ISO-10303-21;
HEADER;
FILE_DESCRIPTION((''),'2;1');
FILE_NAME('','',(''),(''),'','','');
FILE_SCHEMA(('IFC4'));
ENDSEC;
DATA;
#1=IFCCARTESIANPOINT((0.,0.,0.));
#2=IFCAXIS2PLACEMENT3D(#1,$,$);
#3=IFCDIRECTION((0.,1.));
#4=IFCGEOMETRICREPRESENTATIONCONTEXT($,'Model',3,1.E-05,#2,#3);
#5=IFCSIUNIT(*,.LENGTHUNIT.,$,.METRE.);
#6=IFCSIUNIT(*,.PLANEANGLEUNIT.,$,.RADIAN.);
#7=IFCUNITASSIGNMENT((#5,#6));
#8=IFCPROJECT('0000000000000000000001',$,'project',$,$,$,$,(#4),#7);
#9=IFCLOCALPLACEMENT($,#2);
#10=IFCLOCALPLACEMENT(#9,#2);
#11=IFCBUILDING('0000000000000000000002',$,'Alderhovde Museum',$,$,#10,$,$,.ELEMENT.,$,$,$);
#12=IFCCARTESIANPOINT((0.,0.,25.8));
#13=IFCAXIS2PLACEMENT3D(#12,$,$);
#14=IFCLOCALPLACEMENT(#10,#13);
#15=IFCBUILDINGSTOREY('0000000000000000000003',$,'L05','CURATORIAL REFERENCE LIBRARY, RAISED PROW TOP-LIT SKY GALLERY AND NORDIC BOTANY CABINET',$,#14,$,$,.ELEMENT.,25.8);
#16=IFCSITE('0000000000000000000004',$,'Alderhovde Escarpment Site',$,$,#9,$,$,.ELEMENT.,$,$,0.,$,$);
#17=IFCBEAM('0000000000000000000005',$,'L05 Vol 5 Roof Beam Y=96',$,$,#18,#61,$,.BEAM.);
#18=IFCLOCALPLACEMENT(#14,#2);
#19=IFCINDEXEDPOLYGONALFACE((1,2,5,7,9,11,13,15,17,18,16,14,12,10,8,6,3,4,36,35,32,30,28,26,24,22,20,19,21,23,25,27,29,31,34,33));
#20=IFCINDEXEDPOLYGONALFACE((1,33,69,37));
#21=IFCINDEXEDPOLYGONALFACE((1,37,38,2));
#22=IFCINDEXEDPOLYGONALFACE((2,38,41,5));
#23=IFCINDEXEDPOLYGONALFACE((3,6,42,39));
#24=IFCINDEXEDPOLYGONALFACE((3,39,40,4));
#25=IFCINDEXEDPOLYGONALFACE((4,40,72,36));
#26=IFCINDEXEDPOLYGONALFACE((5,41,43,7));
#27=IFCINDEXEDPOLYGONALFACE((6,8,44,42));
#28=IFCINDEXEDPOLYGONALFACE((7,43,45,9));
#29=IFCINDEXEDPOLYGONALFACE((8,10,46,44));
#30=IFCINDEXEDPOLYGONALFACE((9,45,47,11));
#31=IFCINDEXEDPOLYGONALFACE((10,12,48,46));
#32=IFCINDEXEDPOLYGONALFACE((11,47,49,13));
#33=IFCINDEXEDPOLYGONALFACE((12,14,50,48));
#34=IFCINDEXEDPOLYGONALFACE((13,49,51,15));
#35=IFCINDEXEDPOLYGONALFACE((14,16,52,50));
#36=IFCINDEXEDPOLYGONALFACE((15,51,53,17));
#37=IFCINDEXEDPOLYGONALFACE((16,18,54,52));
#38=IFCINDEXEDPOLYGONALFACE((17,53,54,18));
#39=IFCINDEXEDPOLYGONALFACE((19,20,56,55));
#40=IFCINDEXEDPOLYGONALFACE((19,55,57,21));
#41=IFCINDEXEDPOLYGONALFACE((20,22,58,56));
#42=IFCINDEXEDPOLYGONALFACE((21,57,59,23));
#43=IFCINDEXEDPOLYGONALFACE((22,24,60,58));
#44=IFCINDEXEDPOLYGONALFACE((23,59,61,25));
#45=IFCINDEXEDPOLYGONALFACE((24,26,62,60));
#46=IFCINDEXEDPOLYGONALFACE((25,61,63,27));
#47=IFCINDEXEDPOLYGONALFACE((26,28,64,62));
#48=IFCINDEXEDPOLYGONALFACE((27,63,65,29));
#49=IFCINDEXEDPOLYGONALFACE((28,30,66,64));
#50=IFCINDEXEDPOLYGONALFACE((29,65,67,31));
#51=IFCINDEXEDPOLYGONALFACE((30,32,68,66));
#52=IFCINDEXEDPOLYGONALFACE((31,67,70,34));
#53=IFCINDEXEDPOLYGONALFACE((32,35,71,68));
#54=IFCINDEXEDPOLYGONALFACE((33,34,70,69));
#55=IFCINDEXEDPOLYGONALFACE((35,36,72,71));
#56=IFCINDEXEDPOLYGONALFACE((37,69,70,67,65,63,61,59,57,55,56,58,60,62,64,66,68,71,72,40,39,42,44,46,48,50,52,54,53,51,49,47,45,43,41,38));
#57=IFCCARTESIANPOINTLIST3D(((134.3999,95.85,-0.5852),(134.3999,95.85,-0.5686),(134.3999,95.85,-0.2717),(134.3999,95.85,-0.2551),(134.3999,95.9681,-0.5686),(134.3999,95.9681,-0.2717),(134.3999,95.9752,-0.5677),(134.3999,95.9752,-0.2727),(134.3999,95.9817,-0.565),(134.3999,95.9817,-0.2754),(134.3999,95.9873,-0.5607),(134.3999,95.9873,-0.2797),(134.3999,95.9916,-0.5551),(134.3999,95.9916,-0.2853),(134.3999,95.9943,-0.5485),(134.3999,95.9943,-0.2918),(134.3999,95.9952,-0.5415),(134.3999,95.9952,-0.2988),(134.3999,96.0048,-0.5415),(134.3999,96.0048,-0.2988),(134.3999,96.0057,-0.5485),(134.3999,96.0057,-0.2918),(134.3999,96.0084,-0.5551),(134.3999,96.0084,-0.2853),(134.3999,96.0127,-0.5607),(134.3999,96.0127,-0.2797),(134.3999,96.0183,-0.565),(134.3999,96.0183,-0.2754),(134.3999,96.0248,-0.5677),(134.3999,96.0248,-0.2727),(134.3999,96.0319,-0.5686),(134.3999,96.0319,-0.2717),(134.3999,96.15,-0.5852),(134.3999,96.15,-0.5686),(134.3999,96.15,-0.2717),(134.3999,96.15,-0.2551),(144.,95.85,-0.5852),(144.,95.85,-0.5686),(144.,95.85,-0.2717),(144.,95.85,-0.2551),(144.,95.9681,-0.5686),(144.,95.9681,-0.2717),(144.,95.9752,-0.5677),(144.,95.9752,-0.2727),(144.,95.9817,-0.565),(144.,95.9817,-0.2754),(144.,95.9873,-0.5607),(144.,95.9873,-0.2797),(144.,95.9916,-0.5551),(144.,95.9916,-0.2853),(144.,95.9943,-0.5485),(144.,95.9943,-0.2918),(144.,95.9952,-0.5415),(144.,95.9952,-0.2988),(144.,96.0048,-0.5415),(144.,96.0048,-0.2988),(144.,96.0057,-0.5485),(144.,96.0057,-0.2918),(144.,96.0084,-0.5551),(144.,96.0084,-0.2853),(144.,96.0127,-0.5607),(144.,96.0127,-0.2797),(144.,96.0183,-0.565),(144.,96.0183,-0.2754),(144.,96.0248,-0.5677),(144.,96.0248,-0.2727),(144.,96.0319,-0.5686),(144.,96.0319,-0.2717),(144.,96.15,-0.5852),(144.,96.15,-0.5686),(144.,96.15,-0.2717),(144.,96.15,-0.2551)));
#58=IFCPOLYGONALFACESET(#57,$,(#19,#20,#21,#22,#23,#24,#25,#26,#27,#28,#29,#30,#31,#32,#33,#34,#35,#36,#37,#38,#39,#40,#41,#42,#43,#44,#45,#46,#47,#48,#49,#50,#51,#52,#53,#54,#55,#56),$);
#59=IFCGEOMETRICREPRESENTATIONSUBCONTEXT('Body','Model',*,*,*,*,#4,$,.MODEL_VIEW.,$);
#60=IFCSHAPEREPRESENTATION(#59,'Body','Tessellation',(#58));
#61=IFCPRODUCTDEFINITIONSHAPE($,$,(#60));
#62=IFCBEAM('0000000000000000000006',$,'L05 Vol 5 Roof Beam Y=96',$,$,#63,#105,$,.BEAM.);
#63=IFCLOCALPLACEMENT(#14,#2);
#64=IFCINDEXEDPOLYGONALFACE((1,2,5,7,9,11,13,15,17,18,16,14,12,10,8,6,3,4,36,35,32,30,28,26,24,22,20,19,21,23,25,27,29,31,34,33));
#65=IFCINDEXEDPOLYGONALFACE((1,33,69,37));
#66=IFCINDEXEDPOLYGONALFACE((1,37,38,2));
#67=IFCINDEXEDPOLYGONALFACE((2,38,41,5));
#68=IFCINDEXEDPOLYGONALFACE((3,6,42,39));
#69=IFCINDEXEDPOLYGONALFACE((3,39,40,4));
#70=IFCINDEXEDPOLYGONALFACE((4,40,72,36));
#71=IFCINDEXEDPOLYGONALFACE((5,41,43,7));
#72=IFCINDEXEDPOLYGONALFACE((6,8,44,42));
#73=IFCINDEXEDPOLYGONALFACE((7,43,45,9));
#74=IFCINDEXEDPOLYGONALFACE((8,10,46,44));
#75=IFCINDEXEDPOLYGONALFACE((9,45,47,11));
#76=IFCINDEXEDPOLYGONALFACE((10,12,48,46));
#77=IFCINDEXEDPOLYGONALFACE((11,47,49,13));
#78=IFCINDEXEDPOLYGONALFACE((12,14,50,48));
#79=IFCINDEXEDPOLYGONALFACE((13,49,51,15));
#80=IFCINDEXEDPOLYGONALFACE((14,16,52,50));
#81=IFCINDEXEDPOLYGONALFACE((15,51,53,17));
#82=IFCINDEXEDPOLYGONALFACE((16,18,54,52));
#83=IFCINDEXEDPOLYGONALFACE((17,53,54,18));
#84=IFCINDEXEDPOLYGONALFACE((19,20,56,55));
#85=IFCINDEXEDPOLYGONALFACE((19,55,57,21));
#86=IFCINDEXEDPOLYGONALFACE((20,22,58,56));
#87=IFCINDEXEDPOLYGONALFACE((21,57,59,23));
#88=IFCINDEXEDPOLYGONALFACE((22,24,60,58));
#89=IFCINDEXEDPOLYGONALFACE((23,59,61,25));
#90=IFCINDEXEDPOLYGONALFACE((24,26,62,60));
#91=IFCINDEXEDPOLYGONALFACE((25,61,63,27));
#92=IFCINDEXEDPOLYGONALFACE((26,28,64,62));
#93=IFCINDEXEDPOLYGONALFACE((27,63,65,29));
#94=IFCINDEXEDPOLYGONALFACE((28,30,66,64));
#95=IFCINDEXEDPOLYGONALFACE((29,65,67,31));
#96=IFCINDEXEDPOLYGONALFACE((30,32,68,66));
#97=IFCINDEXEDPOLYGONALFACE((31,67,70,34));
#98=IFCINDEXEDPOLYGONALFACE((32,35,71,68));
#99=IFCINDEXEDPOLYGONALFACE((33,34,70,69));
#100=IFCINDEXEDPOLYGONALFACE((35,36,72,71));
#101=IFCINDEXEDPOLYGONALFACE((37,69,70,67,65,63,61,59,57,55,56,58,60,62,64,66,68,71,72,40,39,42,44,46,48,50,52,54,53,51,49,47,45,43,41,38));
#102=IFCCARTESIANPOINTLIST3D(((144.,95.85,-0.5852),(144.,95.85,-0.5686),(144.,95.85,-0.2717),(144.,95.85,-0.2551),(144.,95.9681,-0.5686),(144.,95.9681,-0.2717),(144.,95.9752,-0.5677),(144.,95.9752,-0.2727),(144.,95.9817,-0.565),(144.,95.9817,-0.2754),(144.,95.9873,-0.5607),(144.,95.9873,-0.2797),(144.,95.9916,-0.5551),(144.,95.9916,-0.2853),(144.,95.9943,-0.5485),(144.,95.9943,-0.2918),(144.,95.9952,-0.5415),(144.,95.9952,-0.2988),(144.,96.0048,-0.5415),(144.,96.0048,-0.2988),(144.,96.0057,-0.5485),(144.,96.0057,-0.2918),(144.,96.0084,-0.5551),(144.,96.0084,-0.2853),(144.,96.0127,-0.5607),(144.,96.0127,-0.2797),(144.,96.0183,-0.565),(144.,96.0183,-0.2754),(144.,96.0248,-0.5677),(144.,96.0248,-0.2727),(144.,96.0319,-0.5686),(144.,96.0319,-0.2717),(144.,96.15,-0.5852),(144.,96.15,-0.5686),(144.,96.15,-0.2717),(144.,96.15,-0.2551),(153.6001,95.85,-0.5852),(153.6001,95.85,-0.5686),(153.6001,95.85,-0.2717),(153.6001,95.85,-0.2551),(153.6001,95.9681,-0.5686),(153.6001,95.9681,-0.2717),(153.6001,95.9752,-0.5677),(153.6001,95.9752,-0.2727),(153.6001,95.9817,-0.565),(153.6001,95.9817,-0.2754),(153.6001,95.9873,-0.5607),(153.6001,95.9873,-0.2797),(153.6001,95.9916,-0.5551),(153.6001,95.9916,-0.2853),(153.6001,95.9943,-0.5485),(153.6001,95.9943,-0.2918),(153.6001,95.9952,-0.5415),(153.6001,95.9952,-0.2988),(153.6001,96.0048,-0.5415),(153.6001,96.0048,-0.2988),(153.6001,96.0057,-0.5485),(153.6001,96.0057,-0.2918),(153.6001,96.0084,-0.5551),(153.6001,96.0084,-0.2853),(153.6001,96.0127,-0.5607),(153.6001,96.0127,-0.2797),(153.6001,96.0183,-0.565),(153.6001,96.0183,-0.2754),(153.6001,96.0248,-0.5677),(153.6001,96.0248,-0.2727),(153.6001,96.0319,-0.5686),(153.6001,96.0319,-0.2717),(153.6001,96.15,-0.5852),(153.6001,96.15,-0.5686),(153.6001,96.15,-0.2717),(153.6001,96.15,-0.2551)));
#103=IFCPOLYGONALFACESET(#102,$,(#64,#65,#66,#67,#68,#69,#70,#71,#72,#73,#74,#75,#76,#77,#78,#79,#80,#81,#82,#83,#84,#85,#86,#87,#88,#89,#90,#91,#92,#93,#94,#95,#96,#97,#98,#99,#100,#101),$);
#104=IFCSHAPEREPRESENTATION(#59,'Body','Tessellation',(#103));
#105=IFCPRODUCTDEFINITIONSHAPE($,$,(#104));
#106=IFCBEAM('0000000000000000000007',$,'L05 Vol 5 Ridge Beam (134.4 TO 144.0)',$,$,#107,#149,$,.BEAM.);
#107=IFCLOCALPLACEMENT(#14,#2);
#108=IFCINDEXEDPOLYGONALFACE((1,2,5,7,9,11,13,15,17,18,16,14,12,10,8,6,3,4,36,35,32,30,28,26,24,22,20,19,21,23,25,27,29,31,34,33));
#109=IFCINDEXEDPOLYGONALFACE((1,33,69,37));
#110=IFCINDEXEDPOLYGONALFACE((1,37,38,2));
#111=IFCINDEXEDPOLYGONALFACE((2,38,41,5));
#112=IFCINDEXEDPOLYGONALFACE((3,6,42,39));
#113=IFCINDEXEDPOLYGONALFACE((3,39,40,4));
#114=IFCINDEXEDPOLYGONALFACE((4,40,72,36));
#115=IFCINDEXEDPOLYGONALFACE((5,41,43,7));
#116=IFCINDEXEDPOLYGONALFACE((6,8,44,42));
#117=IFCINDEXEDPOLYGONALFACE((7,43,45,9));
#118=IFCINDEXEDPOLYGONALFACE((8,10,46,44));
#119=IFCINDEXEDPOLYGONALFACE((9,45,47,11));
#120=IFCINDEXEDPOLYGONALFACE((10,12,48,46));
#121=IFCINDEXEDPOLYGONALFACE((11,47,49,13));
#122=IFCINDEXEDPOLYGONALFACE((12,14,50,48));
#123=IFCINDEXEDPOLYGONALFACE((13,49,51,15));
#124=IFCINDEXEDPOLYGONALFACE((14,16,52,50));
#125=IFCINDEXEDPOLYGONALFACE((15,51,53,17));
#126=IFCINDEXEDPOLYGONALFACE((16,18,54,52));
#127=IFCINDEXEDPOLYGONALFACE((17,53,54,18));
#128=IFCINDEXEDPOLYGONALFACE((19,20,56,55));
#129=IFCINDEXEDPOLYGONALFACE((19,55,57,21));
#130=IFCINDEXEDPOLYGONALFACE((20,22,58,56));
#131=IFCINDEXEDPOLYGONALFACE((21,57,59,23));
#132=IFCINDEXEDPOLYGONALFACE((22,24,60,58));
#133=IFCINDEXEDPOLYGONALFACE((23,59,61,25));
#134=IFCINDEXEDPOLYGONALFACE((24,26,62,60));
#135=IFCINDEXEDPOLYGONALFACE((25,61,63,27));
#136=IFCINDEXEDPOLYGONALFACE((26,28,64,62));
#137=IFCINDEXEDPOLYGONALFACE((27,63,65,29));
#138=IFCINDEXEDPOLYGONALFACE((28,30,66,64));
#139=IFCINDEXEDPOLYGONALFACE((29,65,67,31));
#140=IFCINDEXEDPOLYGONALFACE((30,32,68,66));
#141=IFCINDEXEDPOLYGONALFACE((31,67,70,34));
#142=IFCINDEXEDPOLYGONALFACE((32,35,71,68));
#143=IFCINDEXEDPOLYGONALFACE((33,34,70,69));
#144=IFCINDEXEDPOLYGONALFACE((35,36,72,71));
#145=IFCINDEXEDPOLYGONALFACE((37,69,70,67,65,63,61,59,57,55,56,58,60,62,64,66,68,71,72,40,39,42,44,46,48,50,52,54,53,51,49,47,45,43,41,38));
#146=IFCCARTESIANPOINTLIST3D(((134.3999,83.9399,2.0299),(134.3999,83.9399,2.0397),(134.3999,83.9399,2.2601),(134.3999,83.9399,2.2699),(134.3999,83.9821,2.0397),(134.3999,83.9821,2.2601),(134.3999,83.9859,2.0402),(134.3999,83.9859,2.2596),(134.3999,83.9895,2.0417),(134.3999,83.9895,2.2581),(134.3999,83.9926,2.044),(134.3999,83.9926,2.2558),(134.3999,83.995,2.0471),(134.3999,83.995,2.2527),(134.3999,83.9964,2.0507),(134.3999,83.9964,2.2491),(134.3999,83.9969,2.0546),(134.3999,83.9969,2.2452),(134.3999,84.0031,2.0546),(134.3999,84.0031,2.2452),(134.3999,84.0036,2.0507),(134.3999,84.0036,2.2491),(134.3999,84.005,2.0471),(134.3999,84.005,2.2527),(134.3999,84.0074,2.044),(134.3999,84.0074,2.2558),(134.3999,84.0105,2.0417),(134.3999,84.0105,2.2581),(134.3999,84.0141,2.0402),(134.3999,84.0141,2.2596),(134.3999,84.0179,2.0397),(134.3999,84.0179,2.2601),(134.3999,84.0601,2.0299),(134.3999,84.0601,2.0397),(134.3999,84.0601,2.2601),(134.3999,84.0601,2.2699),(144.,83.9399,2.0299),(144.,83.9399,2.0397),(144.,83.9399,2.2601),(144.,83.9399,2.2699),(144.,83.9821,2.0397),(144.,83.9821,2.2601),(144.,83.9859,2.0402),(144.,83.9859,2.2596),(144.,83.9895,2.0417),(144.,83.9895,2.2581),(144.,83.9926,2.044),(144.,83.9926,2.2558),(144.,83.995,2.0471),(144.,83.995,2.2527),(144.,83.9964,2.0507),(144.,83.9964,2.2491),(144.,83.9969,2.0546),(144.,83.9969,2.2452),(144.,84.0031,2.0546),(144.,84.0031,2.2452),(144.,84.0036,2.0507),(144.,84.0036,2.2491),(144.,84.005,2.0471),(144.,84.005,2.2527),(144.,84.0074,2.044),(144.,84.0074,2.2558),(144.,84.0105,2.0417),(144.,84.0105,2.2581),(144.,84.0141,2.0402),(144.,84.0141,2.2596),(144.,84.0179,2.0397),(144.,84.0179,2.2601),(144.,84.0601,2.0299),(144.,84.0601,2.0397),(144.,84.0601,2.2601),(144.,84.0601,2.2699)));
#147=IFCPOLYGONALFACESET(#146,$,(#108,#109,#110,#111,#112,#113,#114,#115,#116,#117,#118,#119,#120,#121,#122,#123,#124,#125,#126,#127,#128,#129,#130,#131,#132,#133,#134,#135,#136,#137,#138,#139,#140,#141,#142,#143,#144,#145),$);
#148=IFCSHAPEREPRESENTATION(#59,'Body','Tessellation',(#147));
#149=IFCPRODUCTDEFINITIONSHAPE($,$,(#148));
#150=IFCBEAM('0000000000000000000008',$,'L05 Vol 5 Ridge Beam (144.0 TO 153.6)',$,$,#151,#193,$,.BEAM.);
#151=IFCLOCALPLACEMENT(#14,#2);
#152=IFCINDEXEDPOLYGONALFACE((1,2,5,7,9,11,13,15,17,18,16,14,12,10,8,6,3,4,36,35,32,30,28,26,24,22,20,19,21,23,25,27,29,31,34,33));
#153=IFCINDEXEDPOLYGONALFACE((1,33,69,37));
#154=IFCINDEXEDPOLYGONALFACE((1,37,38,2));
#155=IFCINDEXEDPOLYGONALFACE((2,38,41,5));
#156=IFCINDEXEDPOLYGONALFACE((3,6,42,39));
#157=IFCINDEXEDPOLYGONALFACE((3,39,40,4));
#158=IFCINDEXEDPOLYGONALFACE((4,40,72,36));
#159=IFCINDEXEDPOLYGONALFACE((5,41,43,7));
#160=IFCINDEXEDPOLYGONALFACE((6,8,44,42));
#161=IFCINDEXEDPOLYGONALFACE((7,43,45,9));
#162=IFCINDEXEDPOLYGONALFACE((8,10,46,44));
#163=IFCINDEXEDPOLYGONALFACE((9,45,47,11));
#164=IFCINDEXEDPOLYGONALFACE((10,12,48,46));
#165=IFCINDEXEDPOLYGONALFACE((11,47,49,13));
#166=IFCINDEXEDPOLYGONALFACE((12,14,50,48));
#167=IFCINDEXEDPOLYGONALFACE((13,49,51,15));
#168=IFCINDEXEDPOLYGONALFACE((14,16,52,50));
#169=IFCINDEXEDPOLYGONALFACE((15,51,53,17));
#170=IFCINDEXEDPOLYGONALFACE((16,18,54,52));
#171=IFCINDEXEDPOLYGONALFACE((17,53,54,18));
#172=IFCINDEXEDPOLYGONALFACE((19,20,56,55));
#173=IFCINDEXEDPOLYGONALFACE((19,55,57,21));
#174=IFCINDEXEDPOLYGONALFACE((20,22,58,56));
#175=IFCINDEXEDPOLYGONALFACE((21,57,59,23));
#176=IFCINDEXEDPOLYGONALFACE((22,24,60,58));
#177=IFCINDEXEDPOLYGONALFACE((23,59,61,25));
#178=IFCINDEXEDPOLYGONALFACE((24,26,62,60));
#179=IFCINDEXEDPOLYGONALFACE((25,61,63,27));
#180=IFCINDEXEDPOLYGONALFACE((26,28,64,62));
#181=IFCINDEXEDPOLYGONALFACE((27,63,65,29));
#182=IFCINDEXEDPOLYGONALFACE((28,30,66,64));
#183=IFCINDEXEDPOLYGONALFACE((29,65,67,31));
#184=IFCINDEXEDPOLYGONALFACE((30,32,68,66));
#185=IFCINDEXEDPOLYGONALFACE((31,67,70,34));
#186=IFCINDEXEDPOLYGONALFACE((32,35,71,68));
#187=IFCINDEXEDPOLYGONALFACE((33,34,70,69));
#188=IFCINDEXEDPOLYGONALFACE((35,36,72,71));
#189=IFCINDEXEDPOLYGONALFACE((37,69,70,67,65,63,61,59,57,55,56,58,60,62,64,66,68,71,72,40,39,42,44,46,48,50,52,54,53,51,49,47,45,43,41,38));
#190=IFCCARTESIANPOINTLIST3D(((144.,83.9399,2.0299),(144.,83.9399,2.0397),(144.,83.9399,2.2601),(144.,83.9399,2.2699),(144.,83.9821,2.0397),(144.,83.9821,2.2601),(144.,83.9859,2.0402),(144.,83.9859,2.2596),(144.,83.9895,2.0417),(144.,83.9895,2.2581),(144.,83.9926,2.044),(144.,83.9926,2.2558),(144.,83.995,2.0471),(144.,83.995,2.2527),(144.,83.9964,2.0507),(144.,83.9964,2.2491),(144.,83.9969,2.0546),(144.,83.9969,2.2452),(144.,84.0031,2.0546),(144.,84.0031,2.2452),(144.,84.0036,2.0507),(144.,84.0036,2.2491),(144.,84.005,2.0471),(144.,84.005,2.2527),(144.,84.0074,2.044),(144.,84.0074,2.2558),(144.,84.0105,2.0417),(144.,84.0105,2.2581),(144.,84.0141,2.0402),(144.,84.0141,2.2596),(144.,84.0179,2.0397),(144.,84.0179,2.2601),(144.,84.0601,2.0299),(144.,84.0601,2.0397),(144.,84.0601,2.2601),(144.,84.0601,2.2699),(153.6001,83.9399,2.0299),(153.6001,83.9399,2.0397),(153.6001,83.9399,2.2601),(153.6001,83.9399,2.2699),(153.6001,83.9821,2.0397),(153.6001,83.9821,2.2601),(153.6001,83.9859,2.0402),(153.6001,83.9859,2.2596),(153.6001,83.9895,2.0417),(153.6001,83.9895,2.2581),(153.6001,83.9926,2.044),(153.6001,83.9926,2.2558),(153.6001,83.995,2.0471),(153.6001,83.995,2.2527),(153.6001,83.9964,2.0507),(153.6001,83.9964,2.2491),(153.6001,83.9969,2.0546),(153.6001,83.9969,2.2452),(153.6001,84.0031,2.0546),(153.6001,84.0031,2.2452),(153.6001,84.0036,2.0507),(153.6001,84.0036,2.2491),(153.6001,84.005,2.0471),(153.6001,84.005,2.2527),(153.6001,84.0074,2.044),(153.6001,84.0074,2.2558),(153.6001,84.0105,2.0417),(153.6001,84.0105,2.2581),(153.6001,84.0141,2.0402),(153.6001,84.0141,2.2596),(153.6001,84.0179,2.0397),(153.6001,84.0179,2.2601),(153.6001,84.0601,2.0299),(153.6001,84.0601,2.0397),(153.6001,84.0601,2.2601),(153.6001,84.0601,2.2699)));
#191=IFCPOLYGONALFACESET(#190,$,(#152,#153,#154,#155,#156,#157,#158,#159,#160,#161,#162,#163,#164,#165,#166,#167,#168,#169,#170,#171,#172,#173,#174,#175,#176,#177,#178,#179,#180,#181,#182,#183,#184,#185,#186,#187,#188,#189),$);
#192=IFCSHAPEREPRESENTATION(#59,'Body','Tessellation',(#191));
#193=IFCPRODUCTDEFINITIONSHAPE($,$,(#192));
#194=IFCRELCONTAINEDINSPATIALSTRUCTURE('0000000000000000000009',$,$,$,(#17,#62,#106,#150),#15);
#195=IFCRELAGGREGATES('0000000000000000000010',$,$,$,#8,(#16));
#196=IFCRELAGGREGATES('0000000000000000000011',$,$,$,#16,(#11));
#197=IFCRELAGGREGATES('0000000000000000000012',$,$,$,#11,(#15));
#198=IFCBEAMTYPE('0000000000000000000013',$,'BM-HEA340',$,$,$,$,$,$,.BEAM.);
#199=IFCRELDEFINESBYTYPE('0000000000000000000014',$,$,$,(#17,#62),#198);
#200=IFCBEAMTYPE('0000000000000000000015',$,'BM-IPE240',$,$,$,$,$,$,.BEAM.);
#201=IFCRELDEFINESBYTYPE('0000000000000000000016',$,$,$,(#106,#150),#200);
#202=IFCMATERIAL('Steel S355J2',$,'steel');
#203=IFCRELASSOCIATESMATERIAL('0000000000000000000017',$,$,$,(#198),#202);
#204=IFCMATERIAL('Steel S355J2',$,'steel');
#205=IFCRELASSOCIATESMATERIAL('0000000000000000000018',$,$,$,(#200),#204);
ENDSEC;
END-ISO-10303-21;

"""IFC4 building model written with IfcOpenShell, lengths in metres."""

from ifc_helpers import new_model, si_unit, direction, frame, origin, origin_2d, place, context, subcontext, project, spatial, i_section, extrude, material, material_profile, profile_set, type_object, element, save


model = new_model("IFC4")

# Units and contexts
model_context = context("Model", 3, precision=1e-05, world=origin(), true_north=direction((0.0, 1.0)))
body_context = subcontext(model_context, "Body", "Model", "MODEL_VIEW")
ifc_project = project(units=[si_unit("LENGTHUNIT", "METRE"), si_unit("PLANEANGLEUNIT", "RADIAN")], contexts=[model_context])

# Site, building, storey
site_placement = place(None, origin())
site = spatial("IfcSite", under=ifc_project, at=site_placement, Name="Alderhovde Escarpment Site", CompositionType="ELEMENT", RefElevation=0.0)
building_placement = place(site_placement, origin())
building = spatial("IfcBuilding", under=site, at=building_placement, Name="Alderhovde Museum", CompositionType="ELEMENT")
storey_placement = place(building_placement, frame((0.0, 0.0, 25.8)))
storey = spatial("IfcBuildingStorey", under=building, at=storey_placement, Name="L05", Description="CURATORIAL REFERENCE LIBRARY, RAISED PROW TOP-LIT SKY GALLERY AND NORDIC BOTANY CABINET", CompositionType="ELEMENT", Elevation=25.8)

# Beams
ifc_material_1 = material(Name="Steel S355J2", Category="steel")
ifc_material_profile_1 = material_profile(ifc_material_1, i_section(OverallWidth=0.3, OverallDepth=0.3301, WebThickness=0.0095, FlangeThickness=0.0166, FilletRadius=0.0271, at=origin_2d()), Name="HEA 340")
ifc_profile_set_1 = profile_set([ifc_material_profile_1], Name="Steel S355J2")
beam_type_1 = type_object("IfcBeamType", Name="BM-HEA340", PredefinedType="BEAM", material=ifc_profile_set_1)
for number, where, z_axis, x_axis, name in (
    (1, (134.3999, 96.0, -0.4202), (1.0, 0.0, 0.0), (0.0, 1.0, 0.0), "L05 Vol 5 Roof Beam Y=96"),
    (2, (144.0, 96.0, -0.4202), (1.0, 0.0, 0.0), (0.0, 1.0, 0.0), "L05 Vol 5 Roof Beam Y=96"),
):
    element("IfcBeam", number, at=place(storey_placement, frame(where, z_axis=z_axis, x_axis=x_axis)), inside=storey, type_object=beam_type_1, Name=name, PredefinedType="BEAM", context=body_context, shape_type="SweptSolid", body=[
        extrude(i_section(OverallWidth=0.3, OverallDepth=0.3301, WebThickness=0.0095, FlangeThickness=0.0166, FilletRadius=0.0271, at=origin_2d()), origin(), (0.0, 0.0, 1.0), 9.6001),
    ])
ifc_material_2 = material(Name="Steel S355J2", Category="steel")
ifc_material_profile_2 = material_profile(ifc_material_2, i_section(OverallWidth=0.1201, OverallDepth=0.24, WebThickness=0.0061, FlangeThickness=0.0098, FilletRadius=0.0149, at=origin_2d()), Name="IPE 240")
ifc_profile_set_2 = profile_set([ifc_material_profile_2], Name="Steel S355J2")
beam_type_2 = type_object("IfcBeamType", Name="BM-IPE240", PredefinedType="BEAM", material=ifc_profile_set_2)
for number, where, z_axis, x_axis, name in (
    (3, (134.3999, 84.0, 2.1499), (1.0, 0.0, 0.0), (0.0, 1.0, 0.0), "L05 Vol 5 Ridge Beam (134.4 TO 144.0)"),
    (4, (144.0, 84.0, 2.1499), (1.0, 0.0, 0.0), (0.0, 1.0, 0.0), "L05 Vol 5 Ridge Beam (144.0 TO 153.6)"),
):
    element("IfcBeam", number, at=place(storey_placement, frame(where, z_axis=z_axis, x_axis=x_axis)), inside=storey, type_object=beam_type_2, Name=name, PredefinedType="BEAM", context=body_context, shape_type="SweptSolid", body=[
        extrude(i_section(OverallWidth=0.1201, OverallDepth=0.24, WebThickness=0.0061, FlangeThickness=0.0098, FilletRadius=0.0149, at=origin_2d()), origin(), (0.0, 0.0, 1.0), 9.6001),
    ])

save(model, "model.ifc")
